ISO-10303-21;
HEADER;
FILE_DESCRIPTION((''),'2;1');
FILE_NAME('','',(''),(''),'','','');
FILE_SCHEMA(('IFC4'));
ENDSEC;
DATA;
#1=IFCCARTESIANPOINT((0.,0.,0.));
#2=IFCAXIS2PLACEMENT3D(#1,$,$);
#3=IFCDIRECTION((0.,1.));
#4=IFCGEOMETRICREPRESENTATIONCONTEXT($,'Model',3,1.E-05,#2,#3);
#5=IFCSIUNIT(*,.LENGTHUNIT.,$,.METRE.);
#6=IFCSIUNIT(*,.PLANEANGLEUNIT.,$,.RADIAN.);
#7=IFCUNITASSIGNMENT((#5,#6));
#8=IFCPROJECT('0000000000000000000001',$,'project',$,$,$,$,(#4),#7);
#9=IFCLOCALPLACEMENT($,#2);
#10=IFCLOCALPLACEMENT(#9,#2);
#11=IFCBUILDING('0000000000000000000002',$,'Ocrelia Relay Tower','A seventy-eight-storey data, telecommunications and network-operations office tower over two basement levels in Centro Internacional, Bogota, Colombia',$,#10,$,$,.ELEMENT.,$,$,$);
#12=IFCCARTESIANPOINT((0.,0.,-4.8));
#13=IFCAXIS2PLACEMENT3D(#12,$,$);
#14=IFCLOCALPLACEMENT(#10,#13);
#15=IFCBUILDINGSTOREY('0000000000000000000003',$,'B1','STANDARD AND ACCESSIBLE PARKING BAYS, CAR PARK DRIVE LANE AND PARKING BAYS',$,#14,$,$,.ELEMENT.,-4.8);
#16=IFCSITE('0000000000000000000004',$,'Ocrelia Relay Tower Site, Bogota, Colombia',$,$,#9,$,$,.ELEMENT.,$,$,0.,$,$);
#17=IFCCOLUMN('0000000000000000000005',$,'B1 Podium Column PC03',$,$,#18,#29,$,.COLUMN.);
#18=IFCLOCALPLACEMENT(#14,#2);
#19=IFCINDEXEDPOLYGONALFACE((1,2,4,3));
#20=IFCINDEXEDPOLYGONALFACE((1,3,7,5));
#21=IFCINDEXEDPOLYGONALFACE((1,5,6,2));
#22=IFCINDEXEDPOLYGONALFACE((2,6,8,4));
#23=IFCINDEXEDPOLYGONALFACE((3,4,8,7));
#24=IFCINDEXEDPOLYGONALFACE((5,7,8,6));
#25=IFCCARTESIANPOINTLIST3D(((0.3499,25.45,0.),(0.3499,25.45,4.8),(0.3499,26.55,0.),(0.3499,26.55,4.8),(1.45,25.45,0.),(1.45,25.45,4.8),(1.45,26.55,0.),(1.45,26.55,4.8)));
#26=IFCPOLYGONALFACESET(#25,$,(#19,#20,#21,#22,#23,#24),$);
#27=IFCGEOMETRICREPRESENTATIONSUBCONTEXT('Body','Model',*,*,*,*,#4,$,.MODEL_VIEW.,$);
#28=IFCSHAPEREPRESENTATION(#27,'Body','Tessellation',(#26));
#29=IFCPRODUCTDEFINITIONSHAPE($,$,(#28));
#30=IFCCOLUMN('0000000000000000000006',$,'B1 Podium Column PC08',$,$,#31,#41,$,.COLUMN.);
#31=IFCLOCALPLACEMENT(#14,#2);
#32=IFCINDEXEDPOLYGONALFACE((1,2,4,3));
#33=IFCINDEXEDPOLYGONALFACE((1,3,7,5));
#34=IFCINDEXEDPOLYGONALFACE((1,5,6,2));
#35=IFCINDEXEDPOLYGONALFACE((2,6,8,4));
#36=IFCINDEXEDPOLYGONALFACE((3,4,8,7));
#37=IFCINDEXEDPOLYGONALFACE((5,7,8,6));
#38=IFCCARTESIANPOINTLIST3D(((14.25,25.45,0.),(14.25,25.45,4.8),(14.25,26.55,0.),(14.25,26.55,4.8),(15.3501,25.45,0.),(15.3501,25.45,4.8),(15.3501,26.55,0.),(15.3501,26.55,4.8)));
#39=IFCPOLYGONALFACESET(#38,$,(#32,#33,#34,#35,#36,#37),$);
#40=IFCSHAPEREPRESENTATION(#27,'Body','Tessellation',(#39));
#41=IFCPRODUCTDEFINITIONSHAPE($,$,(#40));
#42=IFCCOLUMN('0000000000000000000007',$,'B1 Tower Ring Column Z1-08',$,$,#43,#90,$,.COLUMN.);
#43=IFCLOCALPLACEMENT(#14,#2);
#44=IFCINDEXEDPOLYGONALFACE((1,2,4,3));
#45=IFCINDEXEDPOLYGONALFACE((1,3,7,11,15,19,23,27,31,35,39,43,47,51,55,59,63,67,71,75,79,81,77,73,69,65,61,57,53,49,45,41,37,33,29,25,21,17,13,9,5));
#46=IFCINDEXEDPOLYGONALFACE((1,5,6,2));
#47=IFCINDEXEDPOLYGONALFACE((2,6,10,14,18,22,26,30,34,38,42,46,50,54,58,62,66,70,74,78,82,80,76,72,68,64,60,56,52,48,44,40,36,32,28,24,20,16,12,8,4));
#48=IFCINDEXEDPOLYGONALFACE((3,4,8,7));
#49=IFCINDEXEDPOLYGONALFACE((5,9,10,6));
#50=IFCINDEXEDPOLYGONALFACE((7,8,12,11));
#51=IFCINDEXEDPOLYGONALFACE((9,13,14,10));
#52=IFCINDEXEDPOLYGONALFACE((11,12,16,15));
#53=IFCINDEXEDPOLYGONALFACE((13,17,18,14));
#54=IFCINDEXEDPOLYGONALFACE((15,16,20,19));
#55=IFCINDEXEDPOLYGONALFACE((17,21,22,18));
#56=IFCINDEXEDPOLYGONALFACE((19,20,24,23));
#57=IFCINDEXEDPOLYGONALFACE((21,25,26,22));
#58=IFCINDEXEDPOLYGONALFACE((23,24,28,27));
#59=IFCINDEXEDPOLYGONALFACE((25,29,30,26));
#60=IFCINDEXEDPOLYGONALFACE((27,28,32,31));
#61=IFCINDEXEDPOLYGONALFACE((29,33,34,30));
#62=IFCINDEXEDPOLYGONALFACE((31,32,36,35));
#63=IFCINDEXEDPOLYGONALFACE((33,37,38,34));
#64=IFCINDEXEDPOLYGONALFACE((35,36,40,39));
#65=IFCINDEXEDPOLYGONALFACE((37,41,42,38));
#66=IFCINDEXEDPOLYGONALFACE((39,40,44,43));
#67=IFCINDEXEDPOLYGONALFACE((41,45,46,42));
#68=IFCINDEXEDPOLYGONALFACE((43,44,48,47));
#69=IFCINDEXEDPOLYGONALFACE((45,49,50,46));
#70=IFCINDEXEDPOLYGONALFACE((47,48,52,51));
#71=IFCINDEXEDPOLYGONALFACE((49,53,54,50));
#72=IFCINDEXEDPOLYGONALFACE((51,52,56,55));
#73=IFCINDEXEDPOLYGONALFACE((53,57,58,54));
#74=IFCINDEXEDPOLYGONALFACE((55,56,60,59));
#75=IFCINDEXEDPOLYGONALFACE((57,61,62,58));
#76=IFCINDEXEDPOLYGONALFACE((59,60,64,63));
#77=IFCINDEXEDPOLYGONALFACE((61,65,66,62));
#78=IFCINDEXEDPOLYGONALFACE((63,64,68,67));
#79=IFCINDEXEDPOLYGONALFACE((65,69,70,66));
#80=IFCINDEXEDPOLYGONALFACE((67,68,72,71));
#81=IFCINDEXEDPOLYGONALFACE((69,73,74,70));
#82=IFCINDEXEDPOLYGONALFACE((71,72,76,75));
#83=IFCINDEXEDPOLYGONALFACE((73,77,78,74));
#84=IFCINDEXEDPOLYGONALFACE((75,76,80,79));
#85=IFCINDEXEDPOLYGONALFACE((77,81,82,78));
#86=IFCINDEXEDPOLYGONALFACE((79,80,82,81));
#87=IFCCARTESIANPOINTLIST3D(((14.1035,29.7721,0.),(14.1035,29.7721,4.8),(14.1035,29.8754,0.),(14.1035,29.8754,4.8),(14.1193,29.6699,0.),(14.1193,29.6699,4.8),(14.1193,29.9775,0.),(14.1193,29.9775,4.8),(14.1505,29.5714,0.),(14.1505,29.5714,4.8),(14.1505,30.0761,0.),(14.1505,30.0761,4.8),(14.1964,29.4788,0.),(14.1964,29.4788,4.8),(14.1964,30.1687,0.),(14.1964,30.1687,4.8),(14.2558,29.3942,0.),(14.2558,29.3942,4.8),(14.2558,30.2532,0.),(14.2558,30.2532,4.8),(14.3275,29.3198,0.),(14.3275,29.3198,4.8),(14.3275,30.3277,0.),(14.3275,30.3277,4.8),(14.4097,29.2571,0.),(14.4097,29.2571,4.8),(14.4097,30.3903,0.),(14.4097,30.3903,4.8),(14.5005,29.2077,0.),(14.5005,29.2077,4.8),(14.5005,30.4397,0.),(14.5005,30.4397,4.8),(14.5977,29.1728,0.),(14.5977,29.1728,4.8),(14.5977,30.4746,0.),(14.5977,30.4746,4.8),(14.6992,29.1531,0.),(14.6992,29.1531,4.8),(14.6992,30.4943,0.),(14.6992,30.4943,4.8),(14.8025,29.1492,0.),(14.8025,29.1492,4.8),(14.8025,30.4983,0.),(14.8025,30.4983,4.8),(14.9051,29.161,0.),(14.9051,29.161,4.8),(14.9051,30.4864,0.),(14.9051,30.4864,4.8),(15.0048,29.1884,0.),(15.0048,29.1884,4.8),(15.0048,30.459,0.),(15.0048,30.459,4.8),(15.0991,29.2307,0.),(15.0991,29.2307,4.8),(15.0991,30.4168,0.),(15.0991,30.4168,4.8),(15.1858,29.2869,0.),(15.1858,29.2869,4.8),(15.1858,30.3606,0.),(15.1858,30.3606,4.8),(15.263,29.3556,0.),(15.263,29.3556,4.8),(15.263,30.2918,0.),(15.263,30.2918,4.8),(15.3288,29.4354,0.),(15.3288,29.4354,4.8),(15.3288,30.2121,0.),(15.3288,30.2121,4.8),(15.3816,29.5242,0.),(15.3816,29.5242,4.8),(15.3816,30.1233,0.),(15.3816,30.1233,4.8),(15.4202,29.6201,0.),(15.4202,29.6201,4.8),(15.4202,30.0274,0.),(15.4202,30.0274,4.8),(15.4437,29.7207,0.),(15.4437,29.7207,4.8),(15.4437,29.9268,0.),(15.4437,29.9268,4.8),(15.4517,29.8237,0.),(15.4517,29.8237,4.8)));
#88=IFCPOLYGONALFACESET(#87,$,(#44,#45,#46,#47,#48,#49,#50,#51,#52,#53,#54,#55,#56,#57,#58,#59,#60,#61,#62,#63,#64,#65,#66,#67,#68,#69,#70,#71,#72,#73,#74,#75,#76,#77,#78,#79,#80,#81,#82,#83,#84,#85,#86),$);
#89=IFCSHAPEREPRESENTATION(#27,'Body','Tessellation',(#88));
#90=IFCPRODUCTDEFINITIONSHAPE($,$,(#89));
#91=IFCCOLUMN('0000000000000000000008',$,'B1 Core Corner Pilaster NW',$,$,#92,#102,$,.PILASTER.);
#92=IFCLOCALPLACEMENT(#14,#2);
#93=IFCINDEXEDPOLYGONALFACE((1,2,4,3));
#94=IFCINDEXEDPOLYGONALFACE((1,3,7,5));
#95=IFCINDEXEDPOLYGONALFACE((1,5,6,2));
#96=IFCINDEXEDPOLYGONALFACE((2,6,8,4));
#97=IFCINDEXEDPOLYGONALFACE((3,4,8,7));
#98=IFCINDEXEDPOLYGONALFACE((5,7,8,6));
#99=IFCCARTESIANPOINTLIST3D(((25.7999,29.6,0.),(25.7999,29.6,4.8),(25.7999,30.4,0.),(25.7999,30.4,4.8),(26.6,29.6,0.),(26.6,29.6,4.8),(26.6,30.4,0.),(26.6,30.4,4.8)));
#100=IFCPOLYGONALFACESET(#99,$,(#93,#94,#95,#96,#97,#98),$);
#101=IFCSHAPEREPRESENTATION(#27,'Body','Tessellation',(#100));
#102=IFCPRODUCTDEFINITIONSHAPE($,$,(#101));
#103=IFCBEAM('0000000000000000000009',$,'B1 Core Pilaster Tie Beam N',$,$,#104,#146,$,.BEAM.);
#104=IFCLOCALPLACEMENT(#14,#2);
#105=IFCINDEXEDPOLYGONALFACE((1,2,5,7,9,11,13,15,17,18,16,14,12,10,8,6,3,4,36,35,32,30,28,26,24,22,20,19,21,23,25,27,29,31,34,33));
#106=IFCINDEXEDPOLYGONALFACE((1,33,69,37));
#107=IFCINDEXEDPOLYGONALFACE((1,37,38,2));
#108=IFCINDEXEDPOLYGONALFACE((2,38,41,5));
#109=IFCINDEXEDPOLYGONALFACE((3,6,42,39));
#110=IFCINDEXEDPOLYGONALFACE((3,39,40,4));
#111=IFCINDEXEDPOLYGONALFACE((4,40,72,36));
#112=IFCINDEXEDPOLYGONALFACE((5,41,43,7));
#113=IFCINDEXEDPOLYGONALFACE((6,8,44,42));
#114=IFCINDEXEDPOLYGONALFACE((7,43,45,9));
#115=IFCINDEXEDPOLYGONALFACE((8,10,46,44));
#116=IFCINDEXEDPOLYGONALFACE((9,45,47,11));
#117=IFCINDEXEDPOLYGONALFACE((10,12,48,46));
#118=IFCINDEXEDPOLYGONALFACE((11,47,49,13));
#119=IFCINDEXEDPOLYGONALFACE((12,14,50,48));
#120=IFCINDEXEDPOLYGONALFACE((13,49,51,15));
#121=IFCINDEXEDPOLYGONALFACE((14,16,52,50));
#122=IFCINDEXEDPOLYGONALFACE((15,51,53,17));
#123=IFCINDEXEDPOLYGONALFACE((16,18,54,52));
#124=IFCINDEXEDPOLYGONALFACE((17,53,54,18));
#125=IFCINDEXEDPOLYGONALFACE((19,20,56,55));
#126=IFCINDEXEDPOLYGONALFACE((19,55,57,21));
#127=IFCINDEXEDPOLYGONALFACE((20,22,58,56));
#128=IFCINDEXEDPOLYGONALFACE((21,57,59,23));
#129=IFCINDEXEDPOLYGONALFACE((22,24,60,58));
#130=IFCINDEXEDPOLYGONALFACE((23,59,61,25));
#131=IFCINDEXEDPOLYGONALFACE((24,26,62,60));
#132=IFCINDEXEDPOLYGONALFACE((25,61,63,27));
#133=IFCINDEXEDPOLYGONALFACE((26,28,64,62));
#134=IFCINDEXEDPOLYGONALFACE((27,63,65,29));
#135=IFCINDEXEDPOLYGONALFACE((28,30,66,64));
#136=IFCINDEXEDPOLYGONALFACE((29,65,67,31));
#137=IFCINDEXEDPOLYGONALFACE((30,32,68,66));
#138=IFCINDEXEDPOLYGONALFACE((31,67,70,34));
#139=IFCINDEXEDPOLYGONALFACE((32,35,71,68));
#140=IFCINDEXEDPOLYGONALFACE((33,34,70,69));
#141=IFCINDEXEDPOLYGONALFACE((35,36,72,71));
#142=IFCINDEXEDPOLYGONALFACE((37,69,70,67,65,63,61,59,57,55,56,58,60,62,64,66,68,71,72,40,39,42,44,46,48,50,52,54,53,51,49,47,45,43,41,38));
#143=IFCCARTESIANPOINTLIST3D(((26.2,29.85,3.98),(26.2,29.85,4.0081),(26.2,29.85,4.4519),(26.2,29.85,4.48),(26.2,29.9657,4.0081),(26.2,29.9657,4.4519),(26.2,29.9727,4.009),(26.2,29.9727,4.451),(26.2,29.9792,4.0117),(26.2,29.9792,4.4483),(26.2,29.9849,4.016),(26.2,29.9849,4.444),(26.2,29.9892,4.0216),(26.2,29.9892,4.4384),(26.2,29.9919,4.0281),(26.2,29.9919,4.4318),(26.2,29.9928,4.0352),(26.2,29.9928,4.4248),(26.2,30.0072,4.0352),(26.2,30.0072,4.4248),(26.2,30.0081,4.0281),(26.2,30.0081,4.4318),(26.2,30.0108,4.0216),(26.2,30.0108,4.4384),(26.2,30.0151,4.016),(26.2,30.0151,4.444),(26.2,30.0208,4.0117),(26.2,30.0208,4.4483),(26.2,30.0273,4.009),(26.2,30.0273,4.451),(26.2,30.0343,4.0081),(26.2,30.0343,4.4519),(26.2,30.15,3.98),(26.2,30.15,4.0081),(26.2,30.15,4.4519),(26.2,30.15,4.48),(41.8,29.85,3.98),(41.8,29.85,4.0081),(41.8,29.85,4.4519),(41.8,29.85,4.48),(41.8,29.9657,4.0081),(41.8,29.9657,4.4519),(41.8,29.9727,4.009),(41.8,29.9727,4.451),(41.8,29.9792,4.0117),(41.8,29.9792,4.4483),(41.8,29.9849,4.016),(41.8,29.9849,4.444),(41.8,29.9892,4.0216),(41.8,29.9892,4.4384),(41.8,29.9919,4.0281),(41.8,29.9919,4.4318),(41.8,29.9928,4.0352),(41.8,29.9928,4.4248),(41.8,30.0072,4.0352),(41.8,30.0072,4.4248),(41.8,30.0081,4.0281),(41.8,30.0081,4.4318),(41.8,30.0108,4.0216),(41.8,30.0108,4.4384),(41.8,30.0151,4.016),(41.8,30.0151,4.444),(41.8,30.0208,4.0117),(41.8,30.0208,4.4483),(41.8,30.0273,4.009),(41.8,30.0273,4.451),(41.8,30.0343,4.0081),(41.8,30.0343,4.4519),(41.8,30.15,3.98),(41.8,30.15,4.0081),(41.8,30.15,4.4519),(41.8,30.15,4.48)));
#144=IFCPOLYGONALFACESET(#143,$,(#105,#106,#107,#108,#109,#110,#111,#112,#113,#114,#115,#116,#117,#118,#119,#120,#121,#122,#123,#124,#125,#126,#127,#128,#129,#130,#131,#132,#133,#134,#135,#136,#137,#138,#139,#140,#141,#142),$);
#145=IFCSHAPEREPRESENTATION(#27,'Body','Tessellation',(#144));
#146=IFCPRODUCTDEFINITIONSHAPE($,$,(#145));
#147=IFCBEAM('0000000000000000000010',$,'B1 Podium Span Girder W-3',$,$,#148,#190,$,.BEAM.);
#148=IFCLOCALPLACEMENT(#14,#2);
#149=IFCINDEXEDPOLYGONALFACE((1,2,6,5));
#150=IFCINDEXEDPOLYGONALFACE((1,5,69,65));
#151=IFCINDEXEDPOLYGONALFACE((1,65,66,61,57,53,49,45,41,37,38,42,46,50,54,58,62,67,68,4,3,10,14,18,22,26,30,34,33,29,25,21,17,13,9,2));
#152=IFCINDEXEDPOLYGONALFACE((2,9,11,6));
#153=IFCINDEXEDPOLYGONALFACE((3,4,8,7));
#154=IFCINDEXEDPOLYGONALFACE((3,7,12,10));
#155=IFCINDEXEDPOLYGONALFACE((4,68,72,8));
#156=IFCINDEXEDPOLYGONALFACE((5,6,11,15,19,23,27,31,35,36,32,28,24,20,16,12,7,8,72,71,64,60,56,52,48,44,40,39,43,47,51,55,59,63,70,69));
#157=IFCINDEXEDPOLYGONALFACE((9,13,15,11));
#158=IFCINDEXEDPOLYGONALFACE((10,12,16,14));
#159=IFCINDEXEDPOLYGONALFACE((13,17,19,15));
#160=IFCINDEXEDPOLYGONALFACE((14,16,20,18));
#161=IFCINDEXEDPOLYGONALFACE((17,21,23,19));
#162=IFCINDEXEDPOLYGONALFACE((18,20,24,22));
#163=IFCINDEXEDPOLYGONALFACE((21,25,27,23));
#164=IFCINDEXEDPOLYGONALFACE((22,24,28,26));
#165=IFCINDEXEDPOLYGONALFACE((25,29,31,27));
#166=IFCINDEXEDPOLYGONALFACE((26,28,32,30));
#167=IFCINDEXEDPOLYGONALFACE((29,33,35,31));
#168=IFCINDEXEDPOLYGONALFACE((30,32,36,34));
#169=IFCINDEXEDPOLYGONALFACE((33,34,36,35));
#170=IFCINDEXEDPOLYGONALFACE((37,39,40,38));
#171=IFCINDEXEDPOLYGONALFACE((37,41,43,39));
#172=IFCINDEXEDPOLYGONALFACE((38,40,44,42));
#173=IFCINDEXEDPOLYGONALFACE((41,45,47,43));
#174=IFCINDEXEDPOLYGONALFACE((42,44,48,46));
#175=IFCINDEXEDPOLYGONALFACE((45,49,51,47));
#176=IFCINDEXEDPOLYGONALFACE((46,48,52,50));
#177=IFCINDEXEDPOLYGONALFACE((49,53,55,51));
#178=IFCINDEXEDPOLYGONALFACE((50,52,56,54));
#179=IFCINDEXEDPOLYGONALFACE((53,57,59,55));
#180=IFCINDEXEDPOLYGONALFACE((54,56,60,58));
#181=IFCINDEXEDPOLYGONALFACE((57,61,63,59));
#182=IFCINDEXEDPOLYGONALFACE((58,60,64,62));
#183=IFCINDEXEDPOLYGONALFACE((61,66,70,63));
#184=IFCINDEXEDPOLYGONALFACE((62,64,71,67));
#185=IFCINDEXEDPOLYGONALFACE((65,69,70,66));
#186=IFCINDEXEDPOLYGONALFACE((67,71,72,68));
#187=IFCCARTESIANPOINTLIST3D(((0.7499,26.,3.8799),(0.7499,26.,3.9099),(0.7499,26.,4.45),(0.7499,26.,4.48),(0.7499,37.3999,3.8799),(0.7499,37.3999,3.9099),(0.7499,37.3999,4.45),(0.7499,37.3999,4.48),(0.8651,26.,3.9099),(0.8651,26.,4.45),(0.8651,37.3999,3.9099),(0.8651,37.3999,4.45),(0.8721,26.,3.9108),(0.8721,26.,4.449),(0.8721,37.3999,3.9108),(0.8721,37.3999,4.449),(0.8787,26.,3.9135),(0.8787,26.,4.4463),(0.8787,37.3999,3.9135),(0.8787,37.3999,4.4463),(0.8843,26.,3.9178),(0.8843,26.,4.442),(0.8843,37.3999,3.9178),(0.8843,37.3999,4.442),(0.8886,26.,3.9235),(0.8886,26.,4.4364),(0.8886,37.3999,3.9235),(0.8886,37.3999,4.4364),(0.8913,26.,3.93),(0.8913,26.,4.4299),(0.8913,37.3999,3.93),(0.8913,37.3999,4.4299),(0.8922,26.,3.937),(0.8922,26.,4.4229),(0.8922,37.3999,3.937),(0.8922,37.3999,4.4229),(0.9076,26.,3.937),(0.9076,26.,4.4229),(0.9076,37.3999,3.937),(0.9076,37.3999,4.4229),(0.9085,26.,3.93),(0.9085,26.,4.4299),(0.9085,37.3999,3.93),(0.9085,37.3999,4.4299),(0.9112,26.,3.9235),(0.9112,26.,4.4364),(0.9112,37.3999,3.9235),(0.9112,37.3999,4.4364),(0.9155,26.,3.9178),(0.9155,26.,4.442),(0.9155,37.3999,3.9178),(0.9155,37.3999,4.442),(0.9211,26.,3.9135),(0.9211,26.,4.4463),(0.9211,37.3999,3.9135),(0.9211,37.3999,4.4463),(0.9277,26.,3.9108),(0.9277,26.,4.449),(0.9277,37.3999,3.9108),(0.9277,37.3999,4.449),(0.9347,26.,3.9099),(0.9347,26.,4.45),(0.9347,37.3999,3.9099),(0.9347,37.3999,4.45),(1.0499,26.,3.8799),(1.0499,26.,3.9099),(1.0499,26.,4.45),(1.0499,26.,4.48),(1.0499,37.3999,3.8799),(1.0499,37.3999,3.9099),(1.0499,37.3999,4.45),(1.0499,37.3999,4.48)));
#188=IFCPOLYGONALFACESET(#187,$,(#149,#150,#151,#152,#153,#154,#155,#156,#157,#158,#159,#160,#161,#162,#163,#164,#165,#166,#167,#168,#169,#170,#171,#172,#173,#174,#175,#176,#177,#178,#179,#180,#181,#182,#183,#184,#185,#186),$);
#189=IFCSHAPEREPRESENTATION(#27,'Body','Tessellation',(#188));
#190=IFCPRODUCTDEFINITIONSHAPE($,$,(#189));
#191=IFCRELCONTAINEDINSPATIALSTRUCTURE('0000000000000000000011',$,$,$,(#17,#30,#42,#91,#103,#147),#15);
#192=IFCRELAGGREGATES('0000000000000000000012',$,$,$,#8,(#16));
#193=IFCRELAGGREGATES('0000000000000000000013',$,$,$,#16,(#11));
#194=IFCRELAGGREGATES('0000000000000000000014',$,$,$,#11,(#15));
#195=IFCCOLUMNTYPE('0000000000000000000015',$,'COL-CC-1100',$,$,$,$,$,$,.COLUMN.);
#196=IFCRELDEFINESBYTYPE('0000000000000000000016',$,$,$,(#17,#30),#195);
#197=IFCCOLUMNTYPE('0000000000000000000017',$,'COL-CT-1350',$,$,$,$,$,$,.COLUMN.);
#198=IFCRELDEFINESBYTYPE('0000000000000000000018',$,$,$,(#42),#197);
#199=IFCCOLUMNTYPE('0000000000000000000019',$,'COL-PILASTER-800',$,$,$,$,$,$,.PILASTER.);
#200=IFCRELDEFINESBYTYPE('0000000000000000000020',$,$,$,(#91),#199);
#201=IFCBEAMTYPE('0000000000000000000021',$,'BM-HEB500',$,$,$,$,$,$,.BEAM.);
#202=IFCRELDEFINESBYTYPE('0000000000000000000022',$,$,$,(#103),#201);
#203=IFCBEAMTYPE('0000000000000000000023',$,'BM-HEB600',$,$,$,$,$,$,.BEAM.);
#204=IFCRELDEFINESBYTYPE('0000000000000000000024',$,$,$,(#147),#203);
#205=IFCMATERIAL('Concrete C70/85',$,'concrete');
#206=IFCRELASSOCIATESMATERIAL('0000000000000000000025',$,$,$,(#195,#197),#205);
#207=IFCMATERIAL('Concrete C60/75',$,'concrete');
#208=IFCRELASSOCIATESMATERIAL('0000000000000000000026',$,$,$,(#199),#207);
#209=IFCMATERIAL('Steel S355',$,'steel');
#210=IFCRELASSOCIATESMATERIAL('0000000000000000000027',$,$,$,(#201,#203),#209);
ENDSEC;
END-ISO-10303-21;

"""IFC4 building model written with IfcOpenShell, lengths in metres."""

from ifc_helpers import new_model, si_unit, direction, frame, origin, origin_2d, place, context, subcontext, project, spatial, rectangle, circle, i_section, extrude, material, material_profile, profile_set, type_object, element, save


model = new_model("IFC4")

# Units and contexts
model_context = context("Model", 3, precision=1e-05, world=origin(), true_north=direction((0.0, 1.0)))
body_context = subcontext(model_context, "Body", "Model", "MODEL_VIEW")
ifc_project = project(units=[si_unit("LENGTHUNIT", "METRE"), si_unit("PLANEANGLEUNIT", "RADIAN")], contexts=[model_context])

# Site, building, storey
site_placement = place(None, origin())
site = spatial("IfcSite", under=ifc_project, at=site_placement, Name="Ocrelia Relay Tower Site, Bogota, Colombia", CompositionType="ELEMENT", RefElevation=0.0)
building_placement = place(site_placement, origin())
building = spatial("IfcBuilding", under=site, at=building_placement, Name="Ocrelia Relay Tower", Description="A seventy-eight-storey data, telecommunications and network-operations office tower over two basement levels in Centro Internacional, Bogota, Colombia", CompositionType="ELEMENT")
storey_placement = place(building_placement, frame((0.0, 0.0, -4.8)))
storey = spatial("IfcBuildingStorey", under=building, at=storey_placement, Name="B1", Description="STANDARD AND ACCESSIBLE PARKING BAYS, CAR PARK DRIVE LANE AND PARKING BAYS", CompositionType="ELEMENT", Elevation=-4.8)

# Columns
ifc_material_1 = material(Name="Concrete C70/85", Category="concrete")
ifc_material_profile_1 = material_profile(ifc_material_1, rectangle(XDim=1.1001, YDim=1.1001, at=origin_2d()), Name="RC-COL-1100x1100")
ifc_profile_set_1 = profile_set([ifc_material_profile_1], Name="Concrete C70/85")
column_type_1 = type_object("IfcColumnType", Name="COL-CC-1100", PredefinedType="COLUMN", material=ifc_profile_set_1)
for number, where, z_axis, x_axis, name in (
    (1, (0.8999, 26.0, 0.0), (0.0, 0.0, 1.0), (1.0, 0.0, 0.0), "B1 Podium Column PC03"),
    (2, (14.8, 26.0, 0.0), (0.0, 0.0, 1.0), (1.0, 0.0, 0.0), "B1 Podium Column PC08"),
):
    element("IfcColumn", number, at=place(storey_placement, frame(where, z_axis=z_axis, x_axis=x_axis)), inside=storey, type_object=column_type_1, Name=name, PredefinedType="COLUMN", context=body_context, shape_type="SweptSolid", body=[
        extrude(rectangle(XDim=1.1001, YDim=1.1001, at=origin_2d()), origin(), (0.0, 0.0, 1.0), 4.8),
    ])
ifc_material_profile_2 = material_profile(ifc_material_1, circle(Radius=0.675, at=origin_2d()), Name="RC-CIR-1350")
ifc_profile_set_2 = profile_set([ifc_material_profile_2], Name="Concrete C70/85")
column_type_2 = type_object("IfcColumnType", Name="COL-CT-1350", PredefinedType="COLUMN", material=ifc_profile_set_2)
column_1_placement = place(storey_placement, frame((14.7766, 29.8237, 0.0), z_axis=(0.0, 0.0, 1.0), x_axis=(1.0, 0.0, 0.0)))
element("IfcColumn", 3, at=column_1_placement, inside=storey, type_object=column_type_2, Name="B1 Tower Ring Column Z1-08", PredefinedType="COLUMN", context=body_context, shape_type="SweptSolid", body=[
    extrude(circle(Radius=0.675, at=origin_2d()), origin(), (0.0, 0.0, 1.0), 4.8),
])
ifc_material_2 = material(Name="Concrete C60/75", Category="concrete")
ifc_material_profile_3 = material_profile(ifc_material_2, rectangle(XDim=0.8, YDim=0.8, at=origin_2d()), Name="RC-COL-800x800")
ifc_profile_set_3 = profile_set([ifc_material_profile_3], Name="Concrete C60/75")
column_type_3 = type_object("IfcColumnType", Name="COL-PILASTER-800", PredefinedType="PILASTER", material=ifc_profile_set_3)
column_2_placement = place(storey_placement, frame((26.2, 30.0, 0.0), z_axis=(0.0, 0.0, 1.0), x_axis=(1.0, 0.0, 0.0)))
element("IfcColumn", 4, at=column_2_placement, inside=storey, type_object=column_type_3, Name="B1 Core Corner Pilaster NW", PredefinedType="PILASTER", context=body_context, shape_type="SweptSolid", body=[
    extrude(rectangle(XDim=0.8, YDim=0.8, at=origin_2d()), origin(), (0.0, 0.0, 1.0), 4.8),
])

# Beams
ifc_material_3 = material(Name="Steel S355", Category="steel")
ifc_material_profile_4 = material_profile(ifc_material_3, i_section(OverallWidth=0.3, OverallDepth=0.5, WebThickness=0.0144, FlangeThickness=0.0281, FilletRadius=0.0271, at=origin_2d()), Name="HEB 500")
ifc_profile_set_4 = profile_set([ifc_material_profile_4], Name="Steel S355")
beam_type_1 = type_object("IfcBeamType", Name="BM-HEB500", PredefinedType="BEAM", material=ifc_profile_set_4)
beam_1_placement = place(storey_placement, frame((26.2, 30.0, 4.23), z_axis=(1.0, 0.0, 0.0), x_axis=(0.0, 1.0, 0.0)))
element("IfcBeam", 5, at=beam_1_placement, inside=storey, type_object=beam_type_1, Name="B1 Core Pilaster Tie Beam N", PredefinedType="BEAM", context=body_context, shape_type="SweptSolid", body=[
    extrude(i_section(OverallWidth=0.3, OverallDepth=0.5, WebThickness=0.0144, FlangeThickness=0.0281, FilletRadius=0.0271, at=origin_2d()), origin(), (0.0, 0.0, 1.0), 15.6001),
])
ifc_material_profile_5 = material_profile(ifc_material_3, i_section(OverallWidth=0.3, OverallDepth=0.6001, WebThickness=0.0154, FlangeThickness=0.03, FilletRadius=0.0271, at=origin_2d()), Name="HEB 600")
ifc_profile_set_5 = profile_set([ifc_material_profile_5], Name="Steel S355")
beam_type_2 = type_object("IfcBeamType", Name="BM-HEB600", PredefinedType="BEAM", material=ifc_profile_set_5)
for number, where, z_axis, x_axis, name in (
    (6, (0.8999, 26.0, 4.1799), (0.0, 1.0, 0.0), (-1.0, 0.0, 0.0), "B1 Podium Span Girder W-3"),
):
    element("IfcBeam", number, at=place(storey_placement, frame(where, z_axis=z_axis, x_axis=x_axis)), inside=storey, type_object=beam_type_2, Name=name, PredefinedType="BEAM", context=body_context, shape_type="SweptSolid", body=[
        extrude(i_section(OverallWidth=0.3, OverallDepth=0.6001, WebThickness=0.0154, FlangeThickness=0.03, FilletRadius=0.0271, at=origin_2d()), origin(), (0.0, 0.0, 1.0), 11.3999),
    ])

save(model, "model.ifc")
